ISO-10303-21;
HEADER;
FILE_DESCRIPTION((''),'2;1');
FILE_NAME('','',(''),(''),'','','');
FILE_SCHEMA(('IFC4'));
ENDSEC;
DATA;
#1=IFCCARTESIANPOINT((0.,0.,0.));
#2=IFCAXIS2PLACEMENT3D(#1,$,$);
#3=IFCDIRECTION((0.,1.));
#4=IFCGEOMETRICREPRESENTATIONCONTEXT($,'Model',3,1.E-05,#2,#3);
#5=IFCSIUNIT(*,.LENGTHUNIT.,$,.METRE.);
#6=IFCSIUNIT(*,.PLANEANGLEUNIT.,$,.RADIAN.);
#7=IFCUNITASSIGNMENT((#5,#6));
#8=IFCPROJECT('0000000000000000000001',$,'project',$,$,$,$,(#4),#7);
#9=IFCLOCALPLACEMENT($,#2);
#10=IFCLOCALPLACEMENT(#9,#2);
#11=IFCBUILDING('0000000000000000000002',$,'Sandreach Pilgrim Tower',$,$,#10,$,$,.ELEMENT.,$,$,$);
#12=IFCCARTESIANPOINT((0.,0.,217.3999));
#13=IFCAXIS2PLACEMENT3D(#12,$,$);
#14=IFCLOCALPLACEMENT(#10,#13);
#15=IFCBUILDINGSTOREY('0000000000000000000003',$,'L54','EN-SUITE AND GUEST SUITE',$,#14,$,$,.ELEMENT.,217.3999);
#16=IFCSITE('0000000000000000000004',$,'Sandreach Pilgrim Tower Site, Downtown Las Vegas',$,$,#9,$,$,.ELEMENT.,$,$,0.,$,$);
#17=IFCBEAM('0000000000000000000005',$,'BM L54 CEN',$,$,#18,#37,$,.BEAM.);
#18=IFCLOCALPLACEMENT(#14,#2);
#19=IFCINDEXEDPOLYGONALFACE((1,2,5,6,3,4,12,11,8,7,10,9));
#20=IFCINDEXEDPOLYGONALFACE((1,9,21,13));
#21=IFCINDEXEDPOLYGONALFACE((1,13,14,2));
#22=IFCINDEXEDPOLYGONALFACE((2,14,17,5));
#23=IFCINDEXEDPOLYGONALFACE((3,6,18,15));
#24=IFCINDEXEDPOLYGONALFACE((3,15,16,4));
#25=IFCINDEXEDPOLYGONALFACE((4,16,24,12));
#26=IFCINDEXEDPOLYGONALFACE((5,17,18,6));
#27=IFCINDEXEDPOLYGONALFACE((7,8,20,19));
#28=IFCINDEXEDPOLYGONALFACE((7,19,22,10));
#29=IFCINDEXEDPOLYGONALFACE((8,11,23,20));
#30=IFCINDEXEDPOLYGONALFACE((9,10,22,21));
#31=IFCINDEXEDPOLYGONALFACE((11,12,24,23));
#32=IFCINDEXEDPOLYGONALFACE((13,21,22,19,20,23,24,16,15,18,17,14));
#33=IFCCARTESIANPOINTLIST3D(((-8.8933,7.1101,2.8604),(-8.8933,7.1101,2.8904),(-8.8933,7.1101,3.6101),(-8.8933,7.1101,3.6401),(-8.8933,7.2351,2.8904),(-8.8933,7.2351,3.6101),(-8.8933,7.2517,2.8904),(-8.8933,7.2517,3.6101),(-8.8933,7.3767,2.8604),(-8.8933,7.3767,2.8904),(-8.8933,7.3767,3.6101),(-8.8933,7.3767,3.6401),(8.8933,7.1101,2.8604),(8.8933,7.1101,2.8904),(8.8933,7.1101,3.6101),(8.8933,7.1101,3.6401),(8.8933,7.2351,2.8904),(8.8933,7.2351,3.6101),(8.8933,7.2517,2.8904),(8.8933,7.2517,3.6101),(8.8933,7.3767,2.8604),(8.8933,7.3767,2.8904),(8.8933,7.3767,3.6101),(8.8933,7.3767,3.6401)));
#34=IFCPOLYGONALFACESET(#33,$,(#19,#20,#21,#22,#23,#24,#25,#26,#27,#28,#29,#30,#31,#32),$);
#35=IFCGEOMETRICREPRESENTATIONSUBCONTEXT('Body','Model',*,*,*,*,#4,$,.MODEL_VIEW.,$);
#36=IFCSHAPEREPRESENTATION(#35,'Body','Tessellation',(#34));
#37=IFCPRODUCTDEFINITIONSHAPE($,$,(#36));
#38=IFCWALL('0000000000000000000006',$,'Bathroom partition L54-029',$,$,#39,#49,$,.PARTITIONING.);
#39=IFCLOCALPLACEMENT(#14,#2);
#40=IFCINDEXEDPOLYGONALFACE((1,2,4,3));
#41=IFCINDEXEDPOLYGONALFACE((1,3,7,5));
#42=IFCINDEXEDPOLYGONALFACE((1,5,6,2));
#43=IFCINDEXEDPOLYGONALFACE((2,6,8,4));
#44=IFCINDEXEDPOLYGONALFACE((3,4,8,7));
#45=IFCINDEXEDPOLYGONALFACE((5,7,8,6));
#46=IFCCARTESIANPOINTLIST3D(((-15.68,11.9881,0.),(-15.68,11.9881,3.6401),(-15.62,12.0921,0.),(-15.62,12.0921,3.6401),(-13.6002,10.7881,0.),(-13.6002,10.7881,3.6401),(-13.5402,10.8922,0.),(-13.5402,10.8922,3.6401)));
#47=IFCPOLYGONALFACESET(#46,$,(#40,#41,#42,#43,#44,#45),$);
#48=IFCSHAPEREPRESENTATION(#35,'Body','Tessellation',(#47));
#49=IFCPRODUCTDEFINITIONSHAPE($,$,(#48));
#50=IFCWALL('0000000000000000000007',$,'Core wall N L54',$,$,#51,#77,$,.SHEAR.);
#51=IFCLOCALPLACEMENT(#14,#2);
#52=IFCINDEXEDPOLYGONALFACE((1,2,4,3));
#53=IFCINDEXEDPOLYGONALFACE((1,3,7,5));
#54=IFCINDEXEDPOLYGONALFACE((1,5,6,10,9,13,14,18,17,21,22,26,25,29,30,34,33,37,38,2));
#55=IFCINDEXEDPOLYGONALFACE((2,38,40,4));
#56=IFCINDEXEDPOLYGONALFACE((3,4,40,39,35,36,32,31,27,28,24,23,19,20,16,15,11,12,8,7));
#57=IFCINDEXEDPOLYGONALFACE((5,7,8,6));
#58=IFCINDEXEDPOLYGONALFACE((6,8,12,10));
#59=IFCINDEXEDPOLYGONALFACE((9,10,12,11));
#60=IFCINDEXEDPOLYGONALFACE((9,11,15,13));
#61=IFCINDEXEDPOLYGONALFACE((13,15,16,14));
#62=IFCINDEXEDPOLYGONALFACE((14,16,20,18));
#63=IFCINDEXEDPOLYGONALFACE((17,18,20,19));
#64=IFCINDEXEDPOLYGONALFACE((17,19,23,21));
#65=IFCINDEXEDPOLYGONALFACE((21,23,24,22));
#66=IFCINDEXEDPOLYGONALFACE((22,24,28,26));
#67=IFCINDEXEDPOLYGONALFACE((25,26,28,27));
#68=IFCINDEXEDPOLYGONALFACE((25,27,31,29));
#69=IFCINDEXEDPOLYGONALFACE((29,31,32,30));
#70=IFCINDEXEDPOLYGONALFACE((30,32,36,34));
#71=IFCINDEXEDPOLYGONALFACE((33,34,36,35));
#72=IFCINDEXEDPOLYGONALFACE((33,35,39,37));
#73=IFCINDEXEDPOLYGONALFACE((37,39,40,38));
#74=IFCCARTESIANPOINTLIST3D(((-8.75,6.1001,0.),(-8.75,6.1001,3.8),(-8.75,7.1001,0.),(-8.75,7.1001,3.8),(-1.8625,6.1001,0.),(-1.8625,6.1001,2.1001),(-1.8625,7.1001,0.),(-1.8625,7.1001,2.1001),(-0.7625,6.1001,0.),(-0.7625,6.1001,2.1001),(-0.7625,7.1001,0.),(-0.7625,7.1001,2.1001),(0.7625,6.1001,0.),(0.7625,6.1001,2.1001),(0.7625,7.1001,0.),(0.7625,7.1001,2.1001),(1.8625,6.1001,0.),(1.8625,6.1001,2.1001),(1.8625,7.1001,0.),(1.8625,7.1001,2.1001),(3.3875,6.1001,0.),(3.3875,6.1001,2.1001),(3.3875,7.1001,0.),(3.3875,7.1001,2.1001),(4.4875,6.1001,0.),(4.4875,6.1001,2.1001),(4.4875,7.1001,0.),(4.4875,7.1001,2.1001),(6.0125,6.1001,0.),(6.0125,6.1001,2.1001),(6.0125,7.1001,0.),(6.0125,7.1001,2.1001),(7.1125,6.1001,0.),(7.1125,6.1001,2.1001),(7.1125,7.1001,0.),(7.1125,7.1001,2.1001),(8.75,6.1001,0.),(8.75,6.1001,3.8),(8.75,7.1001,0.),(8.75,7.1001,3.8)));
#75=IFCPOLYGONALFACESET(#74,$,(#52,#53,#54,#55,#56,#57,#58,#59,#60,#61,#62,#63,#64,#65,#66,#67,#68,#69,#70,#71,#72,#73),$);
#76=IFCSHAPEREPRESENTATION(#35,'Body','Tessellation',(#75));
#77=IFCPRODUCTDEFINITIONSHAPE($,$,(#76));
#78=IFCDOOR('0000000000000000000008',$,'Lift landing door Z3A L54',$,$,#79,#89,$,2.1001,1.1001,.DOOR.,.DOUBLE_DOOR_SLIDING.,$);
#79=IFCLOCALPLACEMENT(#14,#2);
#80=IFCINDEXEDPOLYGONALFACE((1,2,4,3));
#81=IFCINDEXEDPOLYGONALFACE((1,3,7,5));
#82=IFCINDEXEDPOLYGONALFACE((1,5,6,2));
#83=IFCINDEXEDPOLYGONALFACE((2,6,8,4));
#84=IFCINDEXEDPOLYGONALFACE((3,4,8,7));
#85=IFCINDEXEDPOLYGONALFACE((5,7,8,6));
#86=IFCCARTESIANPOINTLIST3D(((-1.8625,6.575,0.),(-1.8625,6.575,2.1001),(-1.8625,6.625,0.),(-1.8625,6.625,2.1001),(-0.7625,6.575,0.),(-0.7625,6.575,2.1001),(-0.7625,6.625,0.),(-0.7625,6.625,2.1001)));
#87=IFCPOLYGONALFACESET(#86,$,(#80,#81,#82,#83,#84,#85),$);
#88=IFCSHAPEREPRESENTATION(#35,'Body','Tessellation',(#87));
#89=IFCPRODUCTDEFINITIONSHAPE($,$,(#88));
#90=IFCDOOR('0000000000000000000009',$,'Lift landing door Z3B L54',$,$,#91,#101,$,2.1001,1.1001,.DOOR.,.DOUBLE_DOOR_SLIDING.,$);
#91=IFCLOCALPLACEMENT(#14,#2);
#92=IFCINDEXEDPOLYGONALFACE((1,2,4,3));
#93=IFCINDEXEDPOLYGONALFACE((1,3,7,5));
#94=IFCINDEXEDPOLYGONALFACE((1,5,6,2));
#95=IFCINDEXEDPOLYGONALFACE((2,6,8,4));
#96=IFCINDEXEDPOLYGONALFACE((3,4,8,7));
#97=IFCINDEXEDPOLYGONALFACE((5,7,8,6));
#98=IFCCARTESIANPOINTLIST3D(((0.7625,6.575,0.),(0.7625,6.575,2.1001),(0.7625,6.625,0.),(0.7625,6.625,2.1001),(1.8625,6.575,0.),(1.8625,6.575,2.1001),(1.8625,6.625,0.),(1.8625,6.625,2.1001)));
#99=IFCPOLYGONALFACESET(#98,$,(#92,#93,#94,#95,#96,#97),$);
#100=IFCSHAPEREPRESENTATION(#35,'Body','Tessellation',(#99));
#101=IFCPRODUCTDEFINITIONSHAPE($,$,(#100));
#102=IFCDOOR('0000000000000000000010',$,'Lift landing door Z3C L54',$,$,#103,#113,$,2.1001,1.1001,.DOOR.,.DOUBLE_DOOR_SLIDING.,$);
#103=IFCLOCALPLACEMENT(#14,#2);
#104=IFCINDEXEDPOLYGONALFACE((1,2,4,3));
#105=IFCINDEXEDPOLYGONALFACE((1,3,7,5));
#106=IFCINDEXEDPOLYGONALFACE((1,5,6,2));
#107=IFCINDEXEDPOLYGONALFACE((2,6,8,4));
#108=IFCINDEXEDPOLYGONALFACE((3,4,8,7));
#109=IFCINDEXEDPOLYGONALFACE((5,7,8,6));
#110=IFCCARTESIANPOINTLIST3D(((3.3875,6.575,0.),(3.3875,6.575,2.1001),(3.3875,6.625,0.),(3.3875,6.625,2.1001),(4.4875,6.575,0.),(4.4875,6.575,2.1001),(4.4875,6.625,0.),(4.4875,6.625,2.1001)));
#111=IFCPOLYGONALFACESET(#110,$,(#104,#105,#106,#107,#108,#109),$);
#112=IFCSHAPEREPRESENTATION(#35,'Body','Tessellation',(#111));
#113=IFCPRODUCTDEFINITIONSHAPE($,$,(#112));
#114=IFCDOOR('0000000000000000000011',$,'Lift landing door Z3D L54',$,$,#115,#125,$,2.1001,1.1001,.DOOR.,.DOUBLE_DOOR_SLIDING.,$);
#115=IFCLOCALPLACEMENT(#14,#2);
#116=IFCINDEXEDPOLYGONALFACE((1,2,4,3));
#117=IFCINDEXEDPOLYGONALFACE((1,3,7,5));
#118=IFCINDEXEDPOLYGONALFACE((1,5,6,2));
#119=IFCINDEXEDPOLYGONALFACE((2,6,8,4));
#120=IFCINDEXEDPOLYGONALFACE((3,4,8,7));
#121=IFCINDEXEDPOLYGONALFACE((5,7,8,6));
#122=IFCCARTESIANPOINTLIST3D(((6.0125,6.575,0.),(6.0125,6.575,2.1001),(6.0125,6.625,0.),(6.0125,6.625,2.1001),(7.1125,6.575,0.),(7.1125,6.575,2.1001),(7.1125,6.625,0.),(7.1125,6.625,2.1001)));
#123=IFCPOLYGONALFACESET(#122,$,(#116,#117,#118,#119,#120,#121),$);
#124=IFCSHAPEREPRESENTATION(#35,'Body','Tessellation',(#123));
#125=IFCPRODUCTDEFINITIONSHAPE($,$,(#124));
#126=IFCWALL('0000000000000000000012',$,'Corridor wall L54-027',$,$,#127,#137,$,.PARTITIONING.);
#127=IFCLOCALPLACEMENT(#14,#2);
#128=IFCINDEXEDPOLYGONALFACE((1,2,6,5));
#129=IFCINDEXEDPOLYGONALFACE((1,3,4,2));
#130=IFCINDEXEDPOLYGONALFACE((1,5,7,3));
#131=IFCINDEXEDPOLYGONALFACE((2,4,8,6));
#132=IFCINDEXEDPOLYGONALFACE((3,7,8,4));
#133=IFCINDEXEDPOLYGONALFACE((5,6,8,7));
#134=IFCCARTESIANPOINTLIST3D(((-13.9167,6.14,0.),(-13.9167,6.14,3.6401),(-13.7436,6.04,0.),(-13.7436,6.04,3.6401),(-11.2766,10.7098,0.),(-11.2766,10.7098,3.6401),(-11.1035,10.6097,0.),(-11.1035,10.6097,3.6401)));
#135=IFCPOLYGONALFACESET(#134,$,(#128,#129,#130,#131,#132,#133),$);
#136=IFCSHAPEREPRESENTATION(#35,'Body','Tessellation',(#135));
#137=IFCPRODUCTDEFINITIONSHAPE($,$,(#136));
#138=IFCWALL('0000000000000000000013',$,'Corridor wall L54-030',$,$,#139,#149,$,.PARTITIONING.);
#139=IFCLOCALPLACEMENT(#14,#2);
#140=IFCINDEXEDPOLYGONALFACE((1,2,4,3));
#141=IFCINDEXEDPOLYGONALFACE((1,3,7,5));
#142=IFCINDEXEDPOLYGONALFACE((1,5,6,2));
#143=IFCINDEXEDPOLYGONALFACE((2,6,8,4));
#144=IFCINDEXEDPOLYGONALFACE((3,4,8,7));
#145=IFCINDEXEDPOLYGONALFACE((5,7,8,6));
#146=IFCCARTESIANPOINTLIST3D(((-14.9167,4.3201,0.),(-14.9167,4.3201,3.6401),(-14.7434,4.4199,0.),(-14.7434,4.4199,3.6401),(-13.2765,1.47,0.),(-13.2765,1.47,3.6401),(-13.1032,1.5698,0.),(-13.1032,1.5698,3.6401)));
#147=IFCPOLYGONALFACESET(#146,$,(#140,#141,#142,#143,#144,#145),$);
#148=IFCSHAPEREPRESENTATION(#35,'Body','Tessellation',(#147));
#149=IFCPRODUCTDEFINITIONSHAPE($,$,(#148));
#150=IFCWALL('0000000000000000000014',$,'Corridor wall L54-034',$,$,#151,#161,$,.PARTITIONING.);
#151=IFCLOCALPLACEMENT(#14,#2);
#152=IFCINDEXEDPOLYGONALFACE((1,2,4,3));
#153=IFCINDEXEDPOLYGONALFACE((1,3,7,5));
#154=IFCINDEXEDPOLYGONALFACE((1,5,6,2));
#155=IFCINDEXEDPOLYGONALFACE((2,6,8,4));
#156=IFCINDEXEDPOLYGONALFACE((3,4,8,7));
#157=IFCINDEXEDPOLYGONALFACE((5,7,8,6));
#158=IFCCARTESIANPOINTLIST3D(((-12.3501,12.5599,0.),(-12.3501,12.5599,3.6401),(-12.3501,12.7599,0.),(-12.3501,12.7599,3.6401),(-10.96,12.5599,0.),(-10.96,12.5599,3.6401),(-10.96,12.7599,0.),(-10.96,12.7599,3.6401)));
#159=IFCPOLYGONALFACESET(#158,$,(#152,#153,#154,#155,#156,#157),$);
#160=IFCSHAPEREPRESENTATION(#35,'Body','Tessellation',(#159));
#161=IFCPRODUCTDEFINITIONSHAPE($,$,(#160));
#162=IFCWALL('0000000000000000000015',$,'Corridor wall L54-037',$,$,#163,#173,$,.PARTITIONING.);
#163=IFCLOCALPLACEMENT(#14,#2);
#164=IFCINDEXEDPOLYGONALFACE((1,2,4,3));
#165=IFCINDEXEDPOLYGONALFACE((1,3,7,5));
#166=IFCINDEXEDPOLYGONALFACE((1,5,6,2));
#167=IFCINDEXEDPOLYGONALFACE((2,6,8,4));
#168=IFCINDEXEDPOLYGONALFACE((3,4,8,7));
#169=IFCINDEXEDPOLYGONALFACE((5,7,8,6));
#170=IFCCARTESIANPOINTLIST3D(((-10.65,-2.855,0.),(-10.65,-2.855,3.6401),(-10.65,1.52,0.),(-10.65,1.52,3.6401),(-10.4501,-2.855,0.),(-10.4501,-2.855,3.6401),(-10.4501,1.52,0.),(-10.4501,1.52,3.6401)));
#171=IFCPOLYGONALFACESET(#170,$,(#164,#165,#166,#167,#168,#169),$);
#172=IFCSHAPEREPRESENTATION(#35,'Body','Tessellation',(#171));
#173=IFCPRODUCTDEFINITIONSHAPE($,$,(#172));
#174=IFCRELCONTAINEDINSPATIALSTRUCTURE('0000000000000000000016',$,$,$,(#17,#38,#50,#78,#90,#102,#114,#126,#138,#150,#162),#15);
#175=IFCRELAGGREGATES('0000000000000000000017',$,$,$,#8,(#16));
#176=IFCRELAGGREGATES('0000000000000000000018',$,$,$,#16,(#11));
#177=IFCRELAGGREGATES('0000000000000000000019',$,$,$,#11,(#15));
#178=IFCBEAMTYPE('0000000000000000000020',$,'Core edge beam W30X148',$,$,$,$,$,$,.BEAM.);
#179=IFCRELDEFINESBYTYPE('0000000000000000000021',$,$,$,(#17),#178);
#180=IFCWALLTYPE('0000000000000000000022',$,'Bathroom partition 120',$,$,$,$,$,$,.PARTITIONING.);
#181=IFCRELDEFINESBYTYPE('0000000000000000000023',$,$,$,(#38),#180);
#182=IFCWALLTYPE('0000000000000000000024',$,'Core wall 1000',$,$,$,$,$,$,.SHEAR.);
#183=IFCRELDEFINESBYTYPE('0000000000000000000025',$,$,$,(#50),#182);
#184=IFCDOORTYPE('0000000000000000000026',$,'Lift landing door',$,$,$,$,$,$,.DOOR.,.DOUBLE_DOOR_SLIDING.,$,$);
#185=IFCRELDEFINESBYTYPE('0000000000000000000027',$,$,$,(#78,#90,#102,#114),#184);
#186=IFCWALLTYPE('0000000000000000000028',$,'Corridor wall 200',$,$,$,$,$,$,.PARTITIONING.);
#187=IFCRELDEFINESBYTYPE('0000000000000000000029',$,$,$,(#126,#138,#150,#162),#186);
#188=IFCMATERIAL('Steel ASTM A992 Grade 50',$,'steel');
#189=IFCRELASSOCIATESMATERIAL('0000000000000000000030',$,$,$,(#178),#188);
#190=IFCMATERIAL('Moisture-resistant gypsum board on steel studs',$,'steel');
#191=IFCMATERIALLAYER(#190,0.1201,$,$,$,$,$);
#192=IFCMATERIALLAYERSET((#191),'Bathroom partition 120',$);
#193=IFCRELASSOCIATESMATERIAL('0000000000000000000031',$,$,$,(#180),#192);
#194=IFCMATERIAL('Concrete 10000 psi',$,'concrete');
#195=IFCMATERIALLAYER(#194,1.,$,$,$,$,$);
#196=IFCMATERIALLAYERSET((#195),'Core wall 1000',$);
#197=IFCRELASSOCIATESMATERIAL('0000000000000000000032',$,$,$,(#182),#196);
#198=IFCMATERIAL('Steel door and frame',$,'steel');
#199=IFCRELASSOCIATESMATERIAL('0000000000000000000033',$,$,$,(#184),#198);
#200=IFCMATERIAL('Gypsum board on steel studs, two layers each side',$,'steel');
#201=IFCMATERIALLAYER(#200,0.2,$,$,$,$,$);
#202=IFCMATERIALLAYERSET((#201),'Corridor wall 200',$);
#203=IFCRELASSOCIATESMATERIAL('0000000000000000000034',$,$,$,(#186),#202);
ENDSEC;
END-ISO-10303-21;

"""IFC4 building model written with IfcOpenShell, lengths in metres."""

from ifc_helpers import new_model, si_unit, direction, frame, frame_2d, origin, origin_2d, place, context, subcontext, project, spatial, rectangle, i_section, extrude, material, layer, layer_set, material_profile, profile_set, type_object, element, fill, save


model = new_model("IFC4")

# Units and contexts
model_context = context("Model", 3, precision=1e-05, world=origin(), true_north=direction((0.0, 1.0)))
body_context = subcontext(model_context, "Body", "Model", "MODEL_VIEW")
ifc_project = project(units=[si_unit("LENGTHUNIT", "METRE"), si_unit("PLANEANGLEUNIT", "RADIAN")], contexts=[model_context])

# Site, building, storey
site_placement = place(None, origin())
site = spatial("IfcSite", under=ifc_project, at=site_placement, Name="Sandreach Pilgrim Tower Site, Downtown Las Vegas", CompositionType="ELEMENT", RefElevation=0.0)
building_placement = place(site_placement, origin())
building = spatial("IfcBuilding", under=site, at=building_placement, Name="Sandreach Pilgrim Tower", CompositionType="ELEMENT")
storey_placement = place(building_placement, frame((0.0, 0.0, 217.3999)))
storey = spatial("IfcBuildingStorey", under=building, at=storey_placement, Name="L54", Description="EN-SUITE AND GUEST SUITE", CompositionType="ELEMENT", Elevation=217.3999)

# Beam
ifc_material_1 = material(Name="Steel ASTM A992 Grade 50", Category="steel")
ifc_material_profile = material_profile(ifc_material_1, i_section(OverallWidth=0.2666, OverallDepth=0.7798, WebThickness=0.0166, FlangeThickness=0.03, at=origin_2d()), Name="W30X148")
ifc_profile_set = profile_set([ifc_material_profile], Name="Steel ASTM A992 Grade 50")
beam_type = type_object("IfcBeamType", Name="Core edge beam W30X148", PredefinedType="BEAM", material=ifc_profile_set)
beam_placement = place(storey_placement, frame((-8.8933, 7.2434, 3.2502), z_axis=(1.0, 0.0, 0.0), x_axis=(0.0, 1.0, 0.0)))
element("IfcBeam", 1, at=beam_placement, inside=storey, type_object=beam_type, Name="BM L54 CEN", PredefinedType="BEAM", context=body_context, shape_type="SweptSolid", body=[
    extrude(i_section(OverallWidth=0.2666, OverallDepth=0.7798, WebThickness=0.0166, FlangeThickness=0.03, at=origin_2d()), origin(), (0.0, 0.0, 1.0), 17.7866),
])

# Wall
ifc_material_2 = material(Name="Moisture-resistant gypsum board on steel studs", Category="steel")
ifc_layer_1 = layer(ifc_material_2, 0.1201)
ifc_layer_set_1 = layer_set([ifc_layer_1], Name="Bathroom partition 120")
wall_type_1 = type_object("IfcWallType", Name="Bathroom partition 120", PredefinedType="PARTITIONING", material=ifc_layer_set_1)
wall_1_placement = place(storey_placement, frame((-13.5701, 10.8401, 0.0), z_axis=(0.0, 0.0, 1.0), x_axis=(-0.866177, 0.499737, 0.0)))
element("IfcWall", 2, at=wall_1_placement, inside=storey, type_object=wall_type_1, Name="Bathroom partition L54-029", PredefinedType="PARTITIONING", context=body_context, shape_type="SweptSolid", body=[
    extrude(rectangle(XDim=2.4011, YDim=0.1201, at=frame_2d((1.2007, 0.0))), origin(), (0.0, 0.0, 1.0), 3.6401),
])

# Wall, openings, doors
ifc_material_3 = material(Name="Concrete 10000 psi", Category="concrete")
ifc_layer_2 = layer(ifc_material_3, 1.0)
ifc_layer_set_2 = layer_set([ifc_layer_2], Name="Core wall 1000")
wall_type_2 = type_object("IfcWallType", Name="Core wall 1000", PredefinedType="SHEAR", material=ifc_layer_set_2)
wall_2_placement = place(storey_placement, frame((-8.75, 6.6001, 0.0), z_axis=(0.0, 0.0, 1.0), x_axis=(1.0, 0.0, 0.0)))
wall_2 = element("IfcWall", 3, at=wall_2_placement, inside=storey, type_object=wall_type_2, Name="Core wall N L54", PredefinedType="SHEAR", context=body_context, shape_type="SweptSolid", body=[
    extrude(rectangle(XDim=17.5, YDim=1.0, at=frame_2d((8.75, 0.0))), origin(), (0.0, 0.0, 1.0), 3.8),
])
opening_1_placement = place(wall_2_placement, frame((6.8875, 0.0, 0.0)))
opening_1 = element("IfcOpeningElement", 4, at=opening_1_placement, cuts=wall_2, PredefinedType="OPENING", context=body_context, shape_type="SweptSolid", body=[
    extrude(rectangle(XDim=1.1001, YDim=2.1001, at=frame_2d((0.55, 1.05))), frame((0.0, 0.5, 0.0), z_axis=(0.0, -1.0, 0.0), x_axis=(1.0, 0.0, 0.0)), (0.0, 0.0, 1.0), 1.0),
])
opening_2_placement = place(wall_2_placement, frame((9.5125, 0.0, 0.0)))
opening_2 = element("IfcOpeningElement", 5, at=opening_2_placement, cuts=wall_2, PredefinedType="OPENING", context=body_context, shape_type="SweptSolid", body=[
    extrude(rectangle(XDim=1.1001, YDim=2.1001, at=frame_2d((0.55, 1.05))), frame((0.0, 0.5, 0.0), z_axis=(0.0, -1.0, 0.0), x_axis=(1.0, 0.0, 0.0)), (0.0, 0.0, 1.0), 1.0),
])
opening_3_placement = place(wall_2_placement, frame((12.1375, 0.0, 0.0)))
opening_3 = element("IfcOpeningElement", 6, at=opening_3_placement, cuts=wall_2, PredefinedType="OPENING", context=body_context, shape_type="SweptSolid", body=[
    extrude(rectangle(XDim=1.1001, YDim=2.1001, at=frame_2d((0.55, 1.05))), frame((0.0, 0.5, 0.0), z_axis=(0.0, -1.0, 0.0), x_axis=(1.0, 0.0, 0.0)), (0.0, 0.0, 1.0), 1.0),
])
opening_4_placement = place(wall_2_placement, frame((14.7625, 0.0, 0.0)))
opening_4 = element("IfcOpeningElement", 7, at=opening_4_placement, cuts=wall_2, PredefinedType="OPENING", context=body_context, shape_type="SweptSolid", body=[
    extrude(rectangle(XDim=1.1001, YDim=2.1001, at=frame_2d((0.55, 1.05))), frame((0.0, 0.5, 0.0), z_axis=(0.0, -1.0, 0.0), x_axis=(1.0, 0.0, 0.0)), (0.0, 0.0, 1.0), 1.0),
])
ifc_material_4 = material(Name="Steel door and frame", Category="steel")
door_type_1 = type_object("IfcDoorType", Name="Lift landing door", OperationType="DOUBLE_DOOR_SLIDING", PredefinedType="DOOR", material=ifc_material_4)
door_1_placement = place(opening_1_placement, origin())
door_1 = element("IfcDoor", 8, at=door_1_placement, inside=storey, type_object=door_type_1, Name="Lift landing door Z3A L54", OperationType="DOUBLE_DOOR_SLIDING", OverallHeight=2.1001, OverallWidth=1.1001, PredefinedType="DOOR", context=body_context, shape_type="SweptSolid", body=[
    extrude(rectangle(XDim=1.1001, YDim=2.1001, at=frame_2d((0.55, 1.05))), frame((0.0, 0.0249, 0.0), z_axis=(0.0, -1.0, 0.0), x_axis=(1.0, 0.0, 0.0)), (0.0, 0.0, 1.0), 0.05),
])
fill(opening_1, door_1)
door_2_placement = place(opening_2_placement, origin())
door_2 = element("IfcDoor", 9, at=door_2_placement, inside=storey, type_object=door_type_1, Name="Lift landing door Z3B L54", OperationType="DOUBLE_DOOR_SLIDING", OverallHeight=2.1001, OverallWidth=1.1001, PredefinedType="DOOR", context=body_context, shape_type="SweptSolid", body=[
    extrude(rectangle(XDim=1.1001, YDim=2.1001, at=frame_2d((0.55, 1.05))), frame((0.0, 0.0249, 0.0), z_axis=(0.0, -1.0, 0.0), x_axis=(1.0, 0.0, 0.0)), (0.0, 0.0, 1.0), 0.05),
])
fill(opening_2, door_2)
door_3_placement = place(opening_3_placement, origin())
door_3 = element("IfcDoor", 10, at=door_3_placement, inside=storey, type_object=door_type_1, Name="Lift landing door Z3C L54", OperationType="DOUBLE_DOOR_SLIDING", OverallHeight=2.1001, OverallWidth=1.1001, PredefinedType="DOOR", context=body_context, shape_type="SweptSolid", body=[
    extrude(rectangle(XDim=1.1001, YDim=2.1001, at=frame_2d((0.55, 1.05))), frame((0.0, 0.0249, 0.0), z_axis=(0.0, -1.0, 0.0), x_axis=(1.0, 0.0, 0.0)), (0.0, 0.0, 1.0), 0.05),
])
fill(opening_3, door_3)
door_4_placement = place(opening_4_placement, origin())
door_4 = element("IfcDoor", 11, at=door_4_placement, inside=storey, type_object=door_type_1, Name="Lift landing door Z3D L54", OperationType="DOUBLE_DOOR_SLIDING", OverallHeight=2.1001, OverallWidth=1.1001, PredefinedType="DOOR", context=body_context, shape_type="SweptSolid", body=[
    extrude(rectangle(XDim=1.1001, YDim=2.1001, at=frame_2d((0.55, 1.05))), frame((0.0, 0.0249, 0.0), z_axis=(0.0, -1.0, 0.0), x_axis=(1.0, 0.0, 0.0)), (0.0, 0.0, 1.0), 0.05),
])
fill(opening_4, door_4)

# Shared definitions
ifc_material_5 = material(Name="Gypsum board on steel studs, two layers each side", Category="steel")
ifc_layer_3 = layer(ifc_material_5, 0.2)
ifc_layer_set_3 = layer_set([ifc_layer_3], Name="Corridor wall 200")
wall_type_3 = type_object("IfcWallType", Name="Corridor wall 200", PredefinedType="PARTITIONING", material=ifc_layer_set_3)

# Walls
wall_3_placement = place(storey_placement, frame((-13.8301, 6.0901, 0.0), z_axis=(0.0, 0.0, 1.0), x_axis=(0.500248, 0.865882, 0.0)))
element("IfcWall", 12, at=wall_3_placement, inside=storey, type_object=wall_type_3, Name="Corridor wall L54-027", PredefinedType="PARTITIONING", context=body_context, shape_type="SweptSolid", body=[
    extrude(rectangle(XDim=5.2776, YDim=0.2, at=frame_2d((2.6387, 0.0))), origin(), (0.0, 0.0, 1.0), 3.6401),
])
wall_4_placement = place(storey_placement, frame((-13.1899, 1.52, 0.0), z_axis=(0.0, 0.0, 1.0), x_axis=(-0.498775, 0.866731, 0.0)))
element("IfcWall", 13, at=wall_4_placement, inside=storey, type_object=wall_type_3, Name="Corridor wall L54-030", PredefinedType="PARTITIONING", context=body_context, shape_type="SweptSolid", body=[
    extrude(rectangle(XDim=3.2883, YDim=0.2, at=frame_2d((1.644, 0.0))), origin(), (0.0, 0.0, 1.0), 3.6401),
])

# Walls
wall_5_placement = place(storey_placement, frame((-10.96, 12.6599, 0.0), z_axis=(0.0, 0.0, 1.0), x_axis=(-1.0, 0.0, 0.0)))
element("IfcWall", 14, at=wall_5_placement, inside=storey, type_object=wall_type_3, Name="Corridor wall L54-034", PredefinedType="PARTITIONING", context=body_context, shape_type="SweptSolid", body=[
    extrude(rectangle(XDim=1.3901, YDim=0.2, at=frame_2d((0.6951, 0.0))), origin(), (0.0, 0.0, 1.0), 3.6401),
])
wall_6_placement = place(storey_placement, frame((-10.55, 1.52, 0.0), z_axis=(0.0, 0.0, 1.0), x_axis=(0.0, -1.0, 0.0)))
element("IfcWall", 15, at=wall_6_placement, inside=storey, type_object=wall_type_3, Name="Corridor wall L54-037", PredefinedType="PARTITIONING", context=body_context, shape_type="SweptSolid", body=[
    extrude(rectangle(XDim=4.375, YDim=0.2, at=frame_2d((2.1875, 0.0))), origin(), (0.0, 0.0, 1.0), 3.6401),
])

save(model, "model.ifc")
